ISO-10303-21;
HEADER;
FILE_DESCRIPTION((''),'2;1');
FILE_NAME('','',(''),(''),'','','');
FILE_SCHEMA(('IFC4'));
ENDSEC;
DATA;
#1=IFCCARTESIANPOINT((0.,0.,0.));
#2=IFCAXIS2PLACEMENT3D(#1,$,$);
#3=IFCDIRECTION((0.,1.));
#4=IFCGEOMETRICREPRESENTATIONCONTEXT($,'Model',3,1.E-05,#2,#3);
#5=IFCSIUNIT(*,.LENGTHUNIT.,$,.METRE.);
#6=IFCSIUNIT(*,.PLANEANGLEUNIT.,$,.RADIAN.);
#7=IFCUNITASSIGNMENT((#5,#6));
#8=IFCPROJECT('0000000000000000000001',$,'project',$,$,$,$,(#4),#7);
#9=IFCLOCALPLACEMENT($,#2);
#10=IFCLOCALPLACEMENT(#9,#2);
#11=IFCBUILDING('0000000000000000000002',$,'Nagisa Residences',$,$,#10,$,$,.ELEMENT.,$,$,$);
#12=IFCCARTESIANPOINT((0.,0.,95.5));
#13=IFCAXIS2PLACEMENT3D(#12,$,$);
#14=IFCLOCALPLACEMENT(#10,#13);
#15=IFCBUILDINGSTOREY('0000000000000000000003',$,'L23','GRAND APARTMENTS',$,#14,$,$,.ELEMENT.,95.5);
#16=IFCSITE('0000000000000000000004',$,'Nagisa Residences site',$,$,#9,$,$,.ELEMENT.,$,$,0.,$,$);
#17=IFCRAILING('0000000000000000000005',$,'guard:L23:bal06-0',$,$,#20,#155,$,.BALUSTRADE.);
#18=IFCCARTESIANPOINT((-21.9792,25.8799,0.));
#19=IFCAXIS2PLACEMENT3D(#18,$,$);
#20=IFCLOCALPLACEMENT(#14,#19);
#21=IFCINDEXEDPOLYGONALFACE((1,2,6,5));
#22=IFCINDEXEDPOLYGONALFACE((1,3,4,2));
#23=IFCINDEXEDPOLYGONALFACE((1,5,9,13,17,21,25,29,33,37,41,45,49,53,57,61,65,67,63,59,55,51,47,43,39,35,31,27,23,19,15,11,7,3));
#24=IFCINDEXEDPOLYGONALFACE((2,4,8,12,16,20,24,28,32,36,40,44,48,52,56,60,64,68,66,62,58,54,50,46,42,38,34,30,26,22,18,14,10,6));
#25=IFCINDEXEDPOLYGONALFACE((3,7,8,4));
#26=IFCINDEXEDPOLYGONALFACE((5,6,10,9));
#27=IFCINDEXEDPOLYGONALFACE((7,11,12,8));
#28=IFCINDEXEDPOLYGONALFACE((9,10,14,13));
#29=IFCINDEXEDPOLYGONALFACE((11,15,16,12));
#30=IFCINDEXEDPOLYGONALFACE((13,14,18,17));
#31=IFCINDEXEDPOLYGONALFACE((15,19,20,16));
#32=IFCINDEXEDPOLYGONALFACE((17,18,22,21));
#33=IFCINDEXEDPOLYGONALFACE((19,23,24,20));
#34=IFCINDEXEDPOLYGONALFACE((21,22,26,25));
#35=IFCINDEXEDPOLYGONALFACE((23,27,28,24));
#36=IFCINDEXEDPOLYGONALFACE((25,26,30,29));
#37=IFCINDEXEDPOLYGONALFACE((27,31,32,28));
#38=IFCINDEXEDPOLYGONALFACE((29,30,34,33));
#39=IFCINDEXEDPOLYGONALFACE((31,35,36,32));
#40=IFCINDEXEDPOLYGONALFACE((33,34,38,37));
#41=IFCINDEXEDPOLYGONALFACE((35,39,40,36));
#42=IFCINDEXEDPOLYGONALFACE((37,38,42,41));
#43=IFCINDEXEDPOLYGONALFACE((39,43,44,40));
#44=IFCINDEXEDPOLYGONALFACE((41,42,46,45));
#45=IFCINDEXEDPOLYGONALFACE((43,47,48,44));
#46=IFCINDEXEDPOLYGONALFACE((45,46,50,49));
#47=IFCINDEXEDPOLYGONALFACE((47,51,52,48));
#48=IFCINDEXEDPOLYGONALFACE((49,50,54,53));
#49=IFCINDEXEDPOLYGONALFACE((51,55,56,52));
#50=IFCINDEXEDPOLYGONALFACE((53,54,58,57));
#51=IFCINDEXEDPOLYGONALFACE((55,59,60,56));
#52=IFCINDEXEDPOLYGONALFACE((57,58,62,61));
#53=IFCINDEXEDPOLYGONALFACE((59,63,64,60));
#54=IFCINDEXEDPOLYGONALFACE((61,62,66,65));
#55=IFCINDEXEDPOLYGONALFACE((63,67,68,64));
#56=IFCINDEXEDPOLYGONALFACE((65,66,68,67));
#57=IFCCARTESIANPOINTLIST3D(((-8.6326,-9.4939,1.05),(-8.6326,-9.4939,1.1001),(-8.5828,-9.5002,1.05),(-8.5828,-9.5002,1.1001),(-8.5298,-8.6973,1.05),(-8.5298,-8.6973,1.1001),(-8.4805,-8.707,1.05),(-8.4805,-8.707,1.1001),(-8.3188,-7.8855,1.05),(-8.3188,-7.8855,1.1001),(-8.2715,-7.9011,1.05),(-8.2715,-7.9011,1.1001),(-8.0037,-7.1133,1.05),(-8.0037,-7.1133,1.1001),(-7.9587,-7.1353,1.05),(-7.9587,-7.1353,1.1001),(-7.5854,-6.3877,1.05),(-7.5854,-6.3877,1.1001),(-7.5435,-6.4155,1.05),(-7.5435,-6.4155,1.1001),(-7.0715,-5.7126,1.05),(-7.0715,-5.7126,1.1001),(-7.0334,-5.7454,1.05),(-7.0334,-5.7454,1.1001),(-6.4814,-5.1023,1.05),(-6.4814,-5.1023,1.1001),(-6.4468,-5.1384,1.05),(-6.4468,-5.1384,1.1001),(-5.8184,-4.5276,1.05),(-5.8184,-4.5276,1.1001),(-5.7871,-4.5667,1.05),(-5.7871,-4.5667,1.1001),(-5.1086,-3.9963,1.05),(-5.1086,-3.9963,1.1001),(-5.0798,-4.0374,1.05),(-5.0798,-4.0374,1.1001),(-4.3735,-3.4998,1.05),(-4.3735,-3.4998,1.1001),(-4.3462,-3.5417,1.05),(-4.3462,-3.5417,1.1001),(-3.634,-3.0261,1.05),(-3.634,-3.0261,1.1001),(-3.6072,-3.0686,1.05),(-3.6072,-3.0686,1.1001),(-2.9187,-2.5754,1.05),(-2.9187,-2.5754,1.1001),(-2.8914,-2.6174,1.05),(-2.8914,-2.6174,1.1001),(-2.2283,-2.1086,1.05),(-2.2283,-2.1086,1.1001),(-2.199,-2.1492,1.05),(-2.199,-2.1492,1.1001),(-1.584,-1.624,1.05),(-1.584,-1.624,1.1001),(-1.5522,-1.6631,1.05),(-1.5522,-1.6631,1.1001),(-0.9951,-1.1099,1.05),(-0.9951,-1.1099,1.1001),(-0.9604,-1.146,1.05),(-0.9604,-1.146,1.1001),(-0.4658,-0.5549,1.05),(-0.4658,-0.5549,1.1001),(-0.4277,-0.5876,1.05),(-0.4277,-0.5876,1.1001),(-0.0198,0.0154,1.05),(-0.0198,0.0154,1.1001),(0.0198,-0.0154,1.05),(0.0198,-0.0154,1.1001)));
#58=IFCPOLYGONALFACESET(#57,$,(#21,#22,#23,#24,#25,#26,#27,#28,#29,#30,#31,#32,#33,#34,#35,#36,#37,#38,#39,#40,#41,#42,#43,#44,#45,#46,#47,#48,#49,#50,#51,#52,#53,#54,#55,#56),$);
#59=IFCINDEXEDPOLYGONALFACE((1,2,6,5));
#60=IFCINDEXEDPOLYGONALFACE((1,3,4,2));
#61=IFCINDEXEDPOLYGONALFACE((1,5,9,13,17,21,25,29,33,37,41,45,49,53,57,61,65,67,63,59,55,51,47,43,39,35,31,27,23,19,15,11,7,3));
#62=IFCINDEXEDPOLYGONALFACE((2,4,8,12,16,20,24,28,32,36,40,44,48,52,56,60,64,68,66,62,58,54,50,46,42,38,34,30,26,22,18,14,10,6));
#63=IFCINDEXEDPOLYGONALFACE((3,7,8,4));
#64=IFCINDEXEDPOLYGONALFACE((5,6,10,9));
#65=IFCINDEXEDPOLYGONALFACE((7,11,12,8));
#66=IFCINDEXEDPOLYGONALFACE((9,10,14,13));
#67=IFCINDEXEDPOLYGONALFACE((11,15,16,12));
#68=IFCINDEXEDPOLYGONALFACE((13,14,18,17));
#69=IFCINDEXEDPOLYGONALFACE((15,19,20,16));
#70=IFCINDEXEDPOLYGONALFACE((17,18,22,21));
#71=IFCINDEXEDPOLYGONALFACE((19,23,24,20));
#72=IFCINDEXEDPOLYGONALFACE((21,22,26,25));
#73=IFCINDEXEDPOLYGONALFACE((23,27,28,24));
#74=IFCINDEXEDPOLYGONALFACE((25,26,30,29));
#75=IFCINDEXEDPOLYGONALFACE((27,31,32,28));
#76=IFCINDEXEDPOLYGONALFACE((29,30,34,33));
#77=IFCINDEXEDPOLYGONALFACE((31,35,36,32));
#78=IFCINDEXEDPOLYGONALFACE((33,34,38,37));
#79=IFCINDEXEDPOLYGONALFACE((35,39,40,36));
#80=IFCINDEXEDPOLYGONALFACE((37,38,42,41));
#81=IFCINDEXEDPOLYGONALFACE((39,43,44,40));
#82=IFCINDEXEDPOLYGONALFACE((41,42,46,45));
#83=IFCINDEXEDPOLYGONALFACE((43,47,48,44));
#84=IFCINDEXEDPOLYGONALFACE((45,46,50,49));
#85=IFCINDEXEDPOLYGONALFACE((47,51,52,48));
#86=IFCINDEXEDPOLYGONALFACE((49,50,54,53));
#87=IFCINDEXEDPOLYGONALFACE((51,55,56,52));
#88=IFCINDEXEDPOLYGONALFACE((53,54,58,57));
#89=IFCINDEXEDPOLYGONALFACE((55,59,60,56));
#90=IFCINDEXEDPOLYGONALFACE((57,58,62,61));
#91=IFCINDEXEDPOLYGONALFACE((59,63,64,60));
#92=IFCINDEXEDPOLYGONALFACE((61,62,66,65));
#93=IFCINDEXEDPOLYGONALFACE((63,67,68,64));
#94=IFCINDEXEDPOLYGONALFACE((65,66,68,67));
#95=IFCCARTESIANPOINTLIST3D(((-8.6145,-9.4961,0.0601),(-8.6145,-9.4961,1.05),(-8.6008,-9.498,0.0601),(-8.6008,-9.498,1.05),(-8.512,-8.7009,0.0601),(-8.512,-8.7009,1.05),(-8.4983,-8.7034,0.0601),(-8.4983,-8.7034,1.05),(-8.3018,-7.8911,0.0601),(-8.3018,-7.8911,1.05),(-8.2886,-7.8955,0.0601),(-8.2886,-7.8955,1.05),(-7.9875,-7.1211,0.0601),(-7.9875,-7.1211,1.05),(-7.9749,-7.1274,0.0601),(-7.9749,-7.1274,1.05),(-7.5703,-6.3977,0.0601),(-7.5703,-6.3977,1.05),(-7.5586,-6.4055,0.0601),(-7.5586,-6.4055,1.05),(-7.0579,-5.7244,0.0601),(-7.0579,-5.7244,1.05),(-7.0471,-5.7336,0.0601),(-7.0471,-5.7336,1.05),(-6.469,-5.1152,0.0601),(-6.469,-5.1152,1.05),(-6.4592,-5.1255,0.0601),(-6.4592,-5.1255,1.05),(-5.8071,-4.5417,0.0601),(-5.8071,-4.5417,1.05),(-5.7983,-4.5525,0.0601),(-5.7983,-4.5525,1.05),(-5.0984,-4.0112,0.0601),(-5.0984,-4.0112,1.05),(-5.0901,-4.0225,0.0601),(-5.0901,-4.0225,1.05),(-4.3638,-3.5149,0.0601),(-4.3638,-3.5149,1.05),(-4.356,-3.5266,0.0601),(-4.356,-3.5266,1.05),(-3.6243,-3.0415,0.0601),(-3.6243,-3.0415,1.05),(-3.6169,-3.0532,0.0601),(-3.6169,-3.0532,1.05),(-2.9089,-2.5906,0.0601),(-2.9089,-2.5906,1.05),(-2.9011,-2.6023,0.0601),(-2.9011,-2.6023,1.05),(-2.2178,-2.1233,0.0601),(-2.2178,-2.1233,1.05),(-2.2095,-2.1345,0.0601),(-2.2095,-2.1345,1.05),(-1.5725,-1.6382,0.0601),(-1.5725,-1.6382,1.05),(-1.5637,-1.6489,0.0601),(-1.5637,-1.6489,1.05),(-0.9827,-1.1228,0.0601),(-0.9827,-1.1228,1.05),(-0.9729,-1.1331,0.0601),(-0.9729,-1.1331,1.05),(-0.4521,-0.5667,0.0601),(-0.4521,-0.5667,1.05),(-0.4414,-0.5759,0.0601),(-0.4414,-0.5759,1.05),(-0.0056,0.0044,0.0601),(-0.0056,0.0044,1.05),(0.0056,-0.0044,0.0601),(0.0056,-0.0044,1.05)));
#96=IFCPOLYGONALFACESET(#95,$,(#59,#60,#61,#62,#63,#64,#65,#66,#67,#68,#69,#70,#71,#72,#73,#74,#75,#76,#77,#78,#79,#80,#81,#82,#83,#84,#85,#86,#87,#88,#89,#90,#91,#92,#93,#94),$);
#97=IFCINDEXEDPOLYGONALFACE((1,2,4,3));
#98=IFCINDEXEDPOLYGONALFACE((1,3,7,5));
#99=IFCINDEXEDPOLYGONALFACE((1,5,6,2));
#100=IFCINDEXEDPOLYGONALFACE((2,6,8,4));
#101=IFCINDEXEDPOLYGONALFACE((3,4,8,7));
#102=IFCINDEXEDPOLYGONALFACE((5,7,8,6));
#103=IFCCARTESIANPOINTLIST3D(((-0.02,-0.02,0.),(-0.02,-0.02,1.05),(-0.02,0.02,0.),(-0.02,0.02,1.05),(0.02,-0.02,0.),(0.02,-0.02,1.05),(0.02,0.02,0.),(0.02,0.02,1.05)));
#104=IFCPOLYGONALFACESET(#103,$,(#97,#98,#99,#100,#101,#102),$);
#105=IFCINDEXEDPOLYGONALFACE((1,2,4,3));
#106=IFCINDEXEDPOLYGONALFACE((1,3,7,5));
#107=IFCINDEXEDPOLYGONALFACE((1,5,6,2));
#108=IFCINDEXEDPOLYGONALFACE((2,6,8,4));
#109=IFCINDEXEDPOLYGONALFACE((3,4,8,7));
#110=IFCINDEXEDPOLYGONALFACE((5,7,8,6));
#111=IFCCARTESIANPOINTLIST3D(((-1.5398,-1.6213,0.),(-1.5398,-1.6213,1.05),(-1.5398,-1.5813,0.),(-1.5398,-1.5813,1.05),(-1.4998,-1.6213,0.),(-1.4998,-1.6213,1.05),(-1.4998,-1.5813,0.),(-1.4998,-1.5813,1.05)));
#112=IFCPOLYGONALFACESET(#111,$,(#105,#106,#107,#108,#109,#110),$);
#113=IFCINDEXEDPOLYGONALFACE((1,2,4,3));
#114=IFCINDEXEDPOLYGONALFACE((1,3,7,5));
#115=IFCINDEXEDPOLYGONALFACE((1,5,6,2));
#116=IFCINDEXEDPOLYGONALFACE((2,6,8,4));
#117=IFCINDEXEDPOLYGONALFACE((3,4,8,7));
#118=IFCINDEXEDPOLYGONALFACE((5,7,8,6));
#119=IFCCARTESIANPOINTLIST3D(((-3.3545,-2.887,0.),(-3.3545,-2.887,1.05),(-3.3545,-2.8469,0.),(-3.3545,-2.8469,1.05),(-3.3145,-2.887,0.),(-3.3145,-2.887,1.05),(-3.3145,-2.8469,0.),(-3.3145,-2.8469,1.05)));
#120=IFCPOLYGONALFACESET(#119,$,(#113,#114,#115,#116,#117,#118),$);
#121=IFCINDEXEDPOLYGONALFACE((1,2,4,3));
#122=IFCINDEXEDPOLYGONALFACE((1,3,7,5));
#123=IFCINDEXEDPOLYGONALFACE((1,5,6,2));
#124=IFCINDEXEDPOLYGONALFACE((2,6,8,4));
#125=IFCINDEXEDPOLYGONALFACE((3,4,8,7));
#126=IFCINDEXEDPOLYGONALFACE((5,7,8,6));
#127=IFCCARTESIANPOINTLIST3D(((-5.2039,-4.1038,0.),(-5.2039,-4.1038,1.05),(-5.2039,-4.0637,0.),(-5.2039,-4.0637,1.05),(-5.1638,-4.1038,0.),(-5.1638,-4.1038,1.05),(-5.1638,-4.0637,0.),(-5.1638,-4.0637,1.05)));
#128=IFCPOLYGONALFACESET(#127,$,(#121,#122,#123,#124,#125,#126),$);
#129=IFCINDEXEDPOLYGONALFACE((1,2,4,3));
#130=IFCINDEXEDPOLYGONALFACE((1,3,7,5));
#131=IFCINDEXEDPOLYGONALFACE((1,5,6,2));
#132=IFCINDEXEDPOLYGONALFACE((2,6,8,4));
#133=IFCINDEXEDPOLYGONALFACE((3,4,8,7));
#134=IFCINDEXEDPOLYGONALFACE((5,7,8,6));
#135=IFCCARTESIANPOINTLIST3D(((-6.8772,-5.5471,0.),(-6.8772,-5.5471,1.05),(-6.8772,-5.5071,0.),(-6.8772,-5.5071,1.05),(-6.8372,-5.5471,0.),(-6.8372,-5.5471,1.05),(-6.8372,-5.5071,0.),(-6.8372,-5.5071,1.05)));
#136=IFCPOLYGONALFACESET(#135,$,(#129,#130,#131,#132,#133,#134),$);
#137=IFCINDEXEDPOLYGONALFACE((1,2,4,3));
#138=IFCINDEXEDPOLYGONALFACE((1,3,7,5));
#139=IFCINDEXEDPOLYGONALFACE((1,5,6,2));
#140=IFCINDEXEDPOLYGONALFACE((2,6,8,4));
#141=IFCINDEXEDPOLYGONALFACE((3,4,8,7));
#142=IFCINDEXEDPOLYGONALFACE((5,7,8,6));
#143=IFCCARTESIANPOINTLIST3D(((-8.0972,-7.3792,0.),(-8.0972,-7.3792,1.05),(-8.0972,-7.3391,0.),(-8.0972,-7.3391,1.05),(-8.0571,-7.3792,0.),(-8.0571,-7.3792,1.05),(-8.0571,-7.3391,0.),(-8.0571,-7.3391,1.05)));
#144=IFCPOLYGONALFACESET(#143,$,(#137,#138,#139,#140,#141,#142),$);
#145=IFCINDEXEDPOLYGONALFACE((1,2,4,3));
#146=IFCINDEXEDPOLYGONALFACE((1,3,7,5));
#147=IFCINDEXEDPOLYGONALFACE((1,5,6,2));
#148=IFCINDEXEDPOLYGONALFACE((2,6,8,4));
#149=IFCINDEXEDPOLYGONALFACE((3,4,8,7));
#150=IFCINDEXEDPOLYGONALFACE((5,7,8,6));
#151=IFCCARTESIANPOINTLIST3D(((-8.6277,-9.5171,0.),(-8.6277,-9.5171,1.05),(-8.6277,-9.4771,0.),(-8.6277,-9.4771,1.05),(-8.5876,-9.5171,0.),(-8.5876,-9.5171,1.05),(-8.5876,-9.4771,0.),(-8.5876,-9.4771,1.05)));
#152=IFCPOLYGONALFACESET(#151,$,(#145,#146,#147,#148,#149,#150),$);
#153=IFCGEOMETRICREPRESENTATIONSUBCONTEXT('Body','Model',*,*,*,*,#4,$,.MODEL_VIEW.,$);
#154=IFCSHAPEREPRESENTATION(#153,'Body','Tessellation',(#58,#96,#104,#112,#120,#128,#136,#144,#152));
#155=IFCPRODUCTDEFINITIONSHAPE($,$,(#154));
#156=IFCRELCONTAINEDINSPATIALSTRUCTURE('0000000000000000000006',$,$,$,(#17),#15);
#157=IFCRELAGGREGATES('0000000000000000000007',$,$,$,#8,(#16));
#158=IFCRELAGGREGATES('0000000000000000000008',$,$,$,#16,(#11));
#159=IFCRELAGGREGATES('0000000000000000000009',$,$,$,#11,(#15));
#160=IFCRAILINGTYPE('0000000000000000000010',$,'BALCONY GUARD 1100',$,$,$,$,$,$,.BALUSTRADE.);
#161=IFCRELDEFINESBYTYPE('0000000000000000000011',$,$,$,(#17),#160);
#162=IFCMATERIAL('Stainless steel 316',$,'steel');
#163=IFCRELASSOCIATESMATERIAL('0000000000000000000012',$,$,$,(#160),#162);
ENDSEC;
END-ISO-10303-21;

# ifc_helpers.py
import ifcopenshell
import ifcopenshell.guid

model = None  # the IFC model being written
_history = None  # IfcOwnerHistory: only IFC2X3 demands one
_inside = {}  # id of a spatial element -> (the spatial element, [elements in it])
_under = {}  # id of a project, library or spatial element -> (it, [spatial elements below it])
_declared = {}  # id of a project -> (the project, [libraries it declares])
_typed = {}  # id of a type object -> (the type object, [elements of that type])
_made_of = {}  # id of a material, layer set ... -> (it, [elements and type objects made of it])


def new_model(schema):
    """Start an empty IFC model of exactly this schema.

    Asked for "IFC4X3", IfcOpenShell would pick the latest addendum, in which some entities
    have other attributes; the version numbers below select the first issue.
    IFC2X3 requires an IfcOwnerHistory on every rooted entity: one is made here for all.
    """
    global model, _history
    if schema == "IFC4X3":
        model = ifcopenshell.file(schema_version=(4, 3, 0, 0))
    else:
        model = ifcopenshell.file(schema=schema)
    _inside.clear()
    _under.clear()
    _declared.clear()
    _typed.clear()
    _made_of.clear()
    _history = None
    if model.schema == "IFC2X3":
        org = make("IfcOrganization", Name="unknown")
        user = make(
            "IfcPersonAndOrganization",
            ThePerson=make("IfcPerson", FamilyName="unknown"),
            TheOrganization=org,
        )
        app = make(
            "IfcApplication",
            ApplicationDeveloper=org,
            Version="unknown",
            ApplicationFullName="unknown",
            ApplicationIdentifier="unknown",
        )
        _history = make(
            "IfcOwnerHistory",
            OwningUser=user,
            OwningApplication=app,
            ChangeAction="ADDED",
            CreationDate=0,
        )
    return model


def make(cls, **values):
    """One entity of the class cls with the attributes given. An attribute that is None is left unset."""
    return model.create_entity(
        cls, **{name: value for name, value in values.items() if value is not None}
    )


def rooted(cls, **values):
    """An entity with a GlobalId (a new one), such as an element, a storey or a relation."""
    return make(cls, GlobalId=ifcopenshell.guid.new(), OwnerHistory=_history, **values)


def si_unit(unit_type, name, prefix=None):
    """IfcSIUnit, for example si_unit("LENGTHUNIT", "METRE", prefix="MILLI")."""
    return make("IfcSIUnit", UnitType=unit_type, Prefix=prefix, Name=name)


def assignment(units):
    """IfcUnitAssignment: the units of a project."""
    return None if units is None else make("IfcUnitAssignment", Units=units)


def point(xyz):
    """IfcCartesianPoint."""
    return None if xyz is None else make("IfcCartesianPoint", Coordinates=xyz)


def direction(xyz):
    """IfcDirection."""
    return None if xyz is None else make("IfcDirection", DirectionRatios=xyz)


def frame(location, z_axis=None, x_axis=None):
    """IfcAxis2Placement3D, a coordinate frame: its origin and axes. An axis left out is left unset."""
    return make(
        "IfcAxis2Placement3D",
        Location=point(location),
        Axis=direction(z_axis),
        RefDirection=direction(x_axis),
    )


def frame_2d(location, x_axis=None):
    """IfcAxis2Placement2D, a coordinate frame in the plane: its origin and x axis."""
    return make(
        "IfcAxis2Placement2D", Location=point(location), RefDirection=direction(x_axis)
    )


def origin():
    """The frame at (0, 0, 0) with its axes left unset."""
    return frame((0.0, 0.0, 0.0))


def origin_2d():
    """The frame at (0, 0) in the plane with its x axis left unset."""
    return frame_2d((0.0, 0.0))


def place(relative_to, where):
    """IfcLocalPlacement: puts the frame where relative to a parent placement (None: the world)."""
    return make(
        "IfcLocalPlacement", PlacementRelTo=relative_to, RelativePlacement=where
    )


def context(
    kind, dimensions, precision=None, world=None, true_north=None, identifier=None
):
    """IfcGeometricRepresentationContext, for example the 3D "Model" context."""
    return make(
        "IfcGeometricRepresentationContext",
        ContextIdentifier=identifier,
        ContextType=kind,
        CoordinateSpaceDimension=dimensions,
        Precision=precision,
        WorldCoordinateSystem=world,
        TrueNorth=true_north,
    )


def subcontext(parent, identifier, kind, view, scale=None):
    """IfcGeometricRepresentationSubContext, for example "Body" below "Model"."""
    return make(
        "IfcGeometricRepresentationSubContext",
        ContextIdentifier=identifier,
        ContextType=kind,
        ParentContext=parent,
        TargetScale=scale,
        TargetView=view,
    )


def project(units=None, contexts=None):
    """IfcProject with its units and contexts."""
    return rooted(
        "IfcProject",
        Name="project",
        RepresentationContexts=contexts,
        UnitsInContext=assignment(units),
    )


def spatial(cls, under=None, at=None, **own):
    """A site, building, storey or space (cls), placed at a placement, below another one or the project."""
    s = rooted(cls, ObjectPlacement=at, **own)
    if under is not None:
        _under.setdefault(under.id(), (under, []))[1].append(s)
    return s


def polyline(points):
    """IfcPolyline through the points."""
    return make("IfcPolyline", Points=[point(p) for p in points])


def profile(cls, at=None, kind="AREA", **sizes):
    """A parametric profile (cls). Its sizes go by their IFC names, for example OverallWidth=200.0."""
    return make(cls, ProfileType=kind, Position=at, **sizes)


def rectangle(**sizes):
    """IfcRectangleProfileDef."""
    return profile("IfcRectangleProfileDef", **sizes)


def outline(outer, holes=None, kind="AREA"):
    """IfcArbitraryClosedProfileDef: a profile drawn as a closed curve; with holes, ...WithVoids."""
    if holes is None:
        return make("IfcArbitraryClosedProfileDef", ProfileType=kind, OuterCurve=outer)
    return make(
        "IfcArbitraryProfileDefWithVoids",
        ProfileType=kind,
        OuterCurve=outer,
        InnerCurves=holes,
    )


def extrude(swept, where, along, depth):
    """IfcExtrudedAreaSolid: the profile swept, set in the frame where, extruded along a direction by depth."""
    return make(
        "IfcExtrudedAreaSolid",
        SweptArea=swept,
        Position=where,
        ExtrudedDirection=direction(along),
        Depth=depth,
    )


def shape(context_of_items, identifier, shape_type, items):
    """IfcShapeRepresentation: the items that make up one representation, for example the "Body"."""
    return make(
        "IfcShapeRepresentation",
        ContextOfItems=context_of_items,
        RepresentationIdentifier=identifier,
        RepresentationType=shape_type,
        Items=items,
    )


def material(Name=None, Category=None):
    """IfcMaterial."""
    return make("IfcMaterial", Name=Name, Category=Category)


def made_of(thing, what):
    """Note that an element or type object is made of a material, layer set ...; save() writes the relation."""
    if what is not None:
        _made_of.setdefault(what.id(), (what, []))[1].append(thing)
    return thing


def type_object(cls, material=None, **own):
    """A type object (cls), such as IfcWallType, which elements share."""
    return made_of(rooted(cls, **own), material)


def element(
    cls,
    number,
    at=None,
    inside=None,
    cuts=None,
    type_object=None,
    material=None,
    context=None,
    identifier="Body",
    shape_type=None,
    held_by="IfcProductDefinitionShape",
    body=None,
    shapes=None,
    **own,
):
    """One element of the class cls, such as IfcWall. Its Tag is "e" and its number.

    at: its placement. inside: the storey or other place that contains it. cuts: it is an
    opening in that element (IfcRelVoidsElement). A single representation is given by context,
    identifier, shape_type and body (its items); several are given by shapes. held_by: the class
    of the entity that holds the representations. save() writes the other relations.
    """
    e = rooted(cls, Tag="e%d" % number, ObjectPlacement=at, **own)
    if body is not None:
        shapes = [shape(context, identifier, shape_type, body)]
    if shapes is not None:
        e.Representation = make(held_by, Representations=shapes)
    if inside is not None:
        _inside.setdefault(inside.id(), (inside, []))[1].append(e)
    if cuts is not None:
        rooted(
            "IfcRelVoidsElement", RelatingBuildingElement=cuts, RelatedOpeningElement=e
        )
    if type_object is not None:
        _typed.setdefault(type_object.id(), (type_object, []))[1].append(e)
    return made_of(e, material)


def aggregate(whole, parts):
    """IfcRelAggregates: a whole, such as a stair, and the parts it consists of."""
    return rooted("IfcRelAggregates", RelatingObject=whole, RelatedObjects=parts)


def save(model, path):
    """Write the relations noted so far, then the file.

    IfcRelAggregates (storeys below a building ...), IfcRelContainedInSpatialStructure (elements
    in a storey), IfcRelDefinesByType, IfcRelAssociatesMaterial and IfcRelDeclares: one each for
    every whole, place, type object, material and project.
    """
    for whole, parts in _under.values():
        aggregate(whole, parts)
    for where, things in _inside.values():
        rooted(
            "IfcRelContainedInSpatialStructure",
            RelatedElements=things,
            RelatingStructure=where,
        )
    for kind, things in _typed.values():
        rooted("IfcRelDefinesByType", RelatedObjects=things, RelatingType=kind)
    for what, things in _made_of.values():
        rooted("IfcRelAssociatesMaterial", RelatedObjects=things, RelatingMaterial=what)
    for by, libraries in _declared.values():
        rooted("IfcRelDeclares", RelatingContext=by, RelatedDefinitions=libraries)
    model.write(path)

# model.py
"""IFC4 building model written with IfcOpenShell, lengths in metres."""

from ifc_helpers import new_model, si_unit, direction, frame, origin, origin_2d, place, context, subcontext, project, spatial, polyline, rectangle, outline, extrude, material, type_object, element, save


model = new_model("IFC4")

# Units and contexts
model_context = context("Model", 3, precision=1e-05, world=origin(), true_north=direction((0.0, 1.0)))
body_context = subcontext(model_context, "Body", "Model", "MODEL_VIEW")
ifc_project = project(units=[si_unit("LENGTHUNIT", "METRE"), si_unit("PLANEANGLEUNIT", "RADIAN")], contexts=[model_context])

# Site, building, storey
site_placement = place(None, origin())
site = spatial("IfcSite", under=ifc_project, at=site_placement, Name="Nagisa Residences site", CompositionType="ELEMENT", RefElevation=0.0)
building_placement = place(site_placement, origin())
building = spatial("IfcBuilding", under=site, at=building_placement, Name="Nagisa Residences", CompositionType="ELEMENT")
storey_placement = place(building_placement, frame((0.0, 0.0, 95.5)))
storey = spatial("IfcBuildingStorey", under=building, at=storey_placement, Name="L23", Description="GRAND APARTMENTS", CompositionType="ELEMENT", Elevation=95.5)

# Railing
ifc_material_1 = material(Name="Stainless steel 316", Category="steel")
railing_type = type_object("IfcRailingType", Name="BALCONY GUARD 1100", PredefinedType="BALUSTRADE", material=ifc_material_1)
railing_1_placement = place(storey_placement, frame((-21.9792, 25.8799, 0.0)))
element("IfcRailing", 1, at=railing_1_placement, inside=storey, type_object=railing_type, Name="guard:L23:bal06-0", PredefinedType="BALUSTRADE", context=body_context, shape_type="SweptSolid", body=[
    extrude(outline(polyline([(-0.4277, -0.5876), (0.0198, -0.0154), (-0.0198, 0.0154), (-0.4658, -0.5549), (-0.9951, -1.1099), (-1.584, -1.624), (-2.2283, -2.1086), (-2.9187, -2.5754), (-3.634, -3.0261), (-4.3735, -3.4998), (-5.1086, -3.9963), (-5.8184, -4.5276), (-6.4814, -5.1023), (-7.0715, -5.7126), (-7.5854, -6.3877), (-8.0037, -7.1133), (-8.3188, -7.8855), (-8.5298, -8.6973), (-8.6326, -9.4939), (-8.5828, -9.5002), (-8.4805, -8.707), (-8.2715, -7.9011), (-7.9587, -7.1353), (-7.5435, -6.4155), (-7.0334, -5.7454), (-6.4468, -5.1384), (-5.7871, -4.5667), (-5.0798, -4.0374), (-4.3462, -3.5417), (-3.6072, -3.0686), (-2.8914, -2.6174), (-2.199, -2.1492), (-1.5522, -1.6631), (-0.9604, -1.146), (-0.4277, -0.5876)])), frame((0.0, 0.0, 1.05)), (0.0, 0.0, 1.0), 0.05),
    extrude(outline(polyline([(-0.4414, -0.5759), (0.0056, -0.0044), (-0.0056, 0.0044), (-0.4521, -0.5667), (-0.9827, -1.1228), (-1.5725, -1.6382), (-2.2178, -2.1233), (-2.9089, -2.5906), (-3.6243, -3.0415), (-4.3638, -3.5149), (-5.0984, -4.0112), (-5.8071, -4.5417), (-6.469, -5.1152), (-7.0579, -5.7244), (-7.5703, -6.3977), (-7.9875, -7.1211), (-8.3018, -7.8911), (-8.512, -8.7009), (-8.6145, -9.4961), (-8.6008, -9.498), (-8.4983, -8.7034), (-8.2886, -7.8955), (-7.9749, -7.1274), (-7.5586, -6.4055), (-7.0471, -5.7336), (-6.4592, -5.1255), (-5.7983, -4.5525), (-5.0901, -4.0225), (-4.356, -3.5266), (-3.6169, -3.0532), (-2.9011, -2.6023), (-2.2095, -2.1345), (-1.5637, -1.6489), (-0.9729, -1.1331), (-0.4414, -0.5759)])), frame((0.0, 0.0, 0.0601)), (0.0, 0.0, 1.0), 0.99),
    extrude(rectangle(XDim=0.04, YDim=0.04, at=origin_2d()), origin(), (0.0, 0.0, 1.0), 1.05),
    extrude(rectangle(XDim=0.04, YDim=0.04, at=origin_2d()), frame((-1.5198, -1.6013, 0.0)), (0.0, 0.0, 1.0), 1.05),
    extrude(rectangle(XDim=0.04, YDim=0.04, at=origin_2d()), frame((-3.3345, -2.8669, 0.0)), (0.0, 0.0, 1.0), 1.05),
    extrude(rectangle(XDim=0.04, YDim=0.04, at=origin_2d()), frame((-5.1838, -4.0837, 0.0)), (0.0, 0.0, 1.0), 1.05),
    extrude(rectangle(XDim=0.04, YDim=0.04, at=origin_2d()), frame((-6.8572, -5.5271, 0.0)), (0.0, 0.0, 1.0), 1.05),
    extrude(rectangle(XDim=0.04, YDim=0.04, at=origin_2d()), frame((-8.0771, -7.3591, 0.0)), (0.0, 0.0, 1.0), 1.05),
    extrude(rectangle(XDim=0.04, YDim=0.04, at=origin_2d()), frame((-8.6077, -9.4971, 0.0)), (0.0, 0.0, 1.0), 1.05),
])

save(model, "model.ifc")
